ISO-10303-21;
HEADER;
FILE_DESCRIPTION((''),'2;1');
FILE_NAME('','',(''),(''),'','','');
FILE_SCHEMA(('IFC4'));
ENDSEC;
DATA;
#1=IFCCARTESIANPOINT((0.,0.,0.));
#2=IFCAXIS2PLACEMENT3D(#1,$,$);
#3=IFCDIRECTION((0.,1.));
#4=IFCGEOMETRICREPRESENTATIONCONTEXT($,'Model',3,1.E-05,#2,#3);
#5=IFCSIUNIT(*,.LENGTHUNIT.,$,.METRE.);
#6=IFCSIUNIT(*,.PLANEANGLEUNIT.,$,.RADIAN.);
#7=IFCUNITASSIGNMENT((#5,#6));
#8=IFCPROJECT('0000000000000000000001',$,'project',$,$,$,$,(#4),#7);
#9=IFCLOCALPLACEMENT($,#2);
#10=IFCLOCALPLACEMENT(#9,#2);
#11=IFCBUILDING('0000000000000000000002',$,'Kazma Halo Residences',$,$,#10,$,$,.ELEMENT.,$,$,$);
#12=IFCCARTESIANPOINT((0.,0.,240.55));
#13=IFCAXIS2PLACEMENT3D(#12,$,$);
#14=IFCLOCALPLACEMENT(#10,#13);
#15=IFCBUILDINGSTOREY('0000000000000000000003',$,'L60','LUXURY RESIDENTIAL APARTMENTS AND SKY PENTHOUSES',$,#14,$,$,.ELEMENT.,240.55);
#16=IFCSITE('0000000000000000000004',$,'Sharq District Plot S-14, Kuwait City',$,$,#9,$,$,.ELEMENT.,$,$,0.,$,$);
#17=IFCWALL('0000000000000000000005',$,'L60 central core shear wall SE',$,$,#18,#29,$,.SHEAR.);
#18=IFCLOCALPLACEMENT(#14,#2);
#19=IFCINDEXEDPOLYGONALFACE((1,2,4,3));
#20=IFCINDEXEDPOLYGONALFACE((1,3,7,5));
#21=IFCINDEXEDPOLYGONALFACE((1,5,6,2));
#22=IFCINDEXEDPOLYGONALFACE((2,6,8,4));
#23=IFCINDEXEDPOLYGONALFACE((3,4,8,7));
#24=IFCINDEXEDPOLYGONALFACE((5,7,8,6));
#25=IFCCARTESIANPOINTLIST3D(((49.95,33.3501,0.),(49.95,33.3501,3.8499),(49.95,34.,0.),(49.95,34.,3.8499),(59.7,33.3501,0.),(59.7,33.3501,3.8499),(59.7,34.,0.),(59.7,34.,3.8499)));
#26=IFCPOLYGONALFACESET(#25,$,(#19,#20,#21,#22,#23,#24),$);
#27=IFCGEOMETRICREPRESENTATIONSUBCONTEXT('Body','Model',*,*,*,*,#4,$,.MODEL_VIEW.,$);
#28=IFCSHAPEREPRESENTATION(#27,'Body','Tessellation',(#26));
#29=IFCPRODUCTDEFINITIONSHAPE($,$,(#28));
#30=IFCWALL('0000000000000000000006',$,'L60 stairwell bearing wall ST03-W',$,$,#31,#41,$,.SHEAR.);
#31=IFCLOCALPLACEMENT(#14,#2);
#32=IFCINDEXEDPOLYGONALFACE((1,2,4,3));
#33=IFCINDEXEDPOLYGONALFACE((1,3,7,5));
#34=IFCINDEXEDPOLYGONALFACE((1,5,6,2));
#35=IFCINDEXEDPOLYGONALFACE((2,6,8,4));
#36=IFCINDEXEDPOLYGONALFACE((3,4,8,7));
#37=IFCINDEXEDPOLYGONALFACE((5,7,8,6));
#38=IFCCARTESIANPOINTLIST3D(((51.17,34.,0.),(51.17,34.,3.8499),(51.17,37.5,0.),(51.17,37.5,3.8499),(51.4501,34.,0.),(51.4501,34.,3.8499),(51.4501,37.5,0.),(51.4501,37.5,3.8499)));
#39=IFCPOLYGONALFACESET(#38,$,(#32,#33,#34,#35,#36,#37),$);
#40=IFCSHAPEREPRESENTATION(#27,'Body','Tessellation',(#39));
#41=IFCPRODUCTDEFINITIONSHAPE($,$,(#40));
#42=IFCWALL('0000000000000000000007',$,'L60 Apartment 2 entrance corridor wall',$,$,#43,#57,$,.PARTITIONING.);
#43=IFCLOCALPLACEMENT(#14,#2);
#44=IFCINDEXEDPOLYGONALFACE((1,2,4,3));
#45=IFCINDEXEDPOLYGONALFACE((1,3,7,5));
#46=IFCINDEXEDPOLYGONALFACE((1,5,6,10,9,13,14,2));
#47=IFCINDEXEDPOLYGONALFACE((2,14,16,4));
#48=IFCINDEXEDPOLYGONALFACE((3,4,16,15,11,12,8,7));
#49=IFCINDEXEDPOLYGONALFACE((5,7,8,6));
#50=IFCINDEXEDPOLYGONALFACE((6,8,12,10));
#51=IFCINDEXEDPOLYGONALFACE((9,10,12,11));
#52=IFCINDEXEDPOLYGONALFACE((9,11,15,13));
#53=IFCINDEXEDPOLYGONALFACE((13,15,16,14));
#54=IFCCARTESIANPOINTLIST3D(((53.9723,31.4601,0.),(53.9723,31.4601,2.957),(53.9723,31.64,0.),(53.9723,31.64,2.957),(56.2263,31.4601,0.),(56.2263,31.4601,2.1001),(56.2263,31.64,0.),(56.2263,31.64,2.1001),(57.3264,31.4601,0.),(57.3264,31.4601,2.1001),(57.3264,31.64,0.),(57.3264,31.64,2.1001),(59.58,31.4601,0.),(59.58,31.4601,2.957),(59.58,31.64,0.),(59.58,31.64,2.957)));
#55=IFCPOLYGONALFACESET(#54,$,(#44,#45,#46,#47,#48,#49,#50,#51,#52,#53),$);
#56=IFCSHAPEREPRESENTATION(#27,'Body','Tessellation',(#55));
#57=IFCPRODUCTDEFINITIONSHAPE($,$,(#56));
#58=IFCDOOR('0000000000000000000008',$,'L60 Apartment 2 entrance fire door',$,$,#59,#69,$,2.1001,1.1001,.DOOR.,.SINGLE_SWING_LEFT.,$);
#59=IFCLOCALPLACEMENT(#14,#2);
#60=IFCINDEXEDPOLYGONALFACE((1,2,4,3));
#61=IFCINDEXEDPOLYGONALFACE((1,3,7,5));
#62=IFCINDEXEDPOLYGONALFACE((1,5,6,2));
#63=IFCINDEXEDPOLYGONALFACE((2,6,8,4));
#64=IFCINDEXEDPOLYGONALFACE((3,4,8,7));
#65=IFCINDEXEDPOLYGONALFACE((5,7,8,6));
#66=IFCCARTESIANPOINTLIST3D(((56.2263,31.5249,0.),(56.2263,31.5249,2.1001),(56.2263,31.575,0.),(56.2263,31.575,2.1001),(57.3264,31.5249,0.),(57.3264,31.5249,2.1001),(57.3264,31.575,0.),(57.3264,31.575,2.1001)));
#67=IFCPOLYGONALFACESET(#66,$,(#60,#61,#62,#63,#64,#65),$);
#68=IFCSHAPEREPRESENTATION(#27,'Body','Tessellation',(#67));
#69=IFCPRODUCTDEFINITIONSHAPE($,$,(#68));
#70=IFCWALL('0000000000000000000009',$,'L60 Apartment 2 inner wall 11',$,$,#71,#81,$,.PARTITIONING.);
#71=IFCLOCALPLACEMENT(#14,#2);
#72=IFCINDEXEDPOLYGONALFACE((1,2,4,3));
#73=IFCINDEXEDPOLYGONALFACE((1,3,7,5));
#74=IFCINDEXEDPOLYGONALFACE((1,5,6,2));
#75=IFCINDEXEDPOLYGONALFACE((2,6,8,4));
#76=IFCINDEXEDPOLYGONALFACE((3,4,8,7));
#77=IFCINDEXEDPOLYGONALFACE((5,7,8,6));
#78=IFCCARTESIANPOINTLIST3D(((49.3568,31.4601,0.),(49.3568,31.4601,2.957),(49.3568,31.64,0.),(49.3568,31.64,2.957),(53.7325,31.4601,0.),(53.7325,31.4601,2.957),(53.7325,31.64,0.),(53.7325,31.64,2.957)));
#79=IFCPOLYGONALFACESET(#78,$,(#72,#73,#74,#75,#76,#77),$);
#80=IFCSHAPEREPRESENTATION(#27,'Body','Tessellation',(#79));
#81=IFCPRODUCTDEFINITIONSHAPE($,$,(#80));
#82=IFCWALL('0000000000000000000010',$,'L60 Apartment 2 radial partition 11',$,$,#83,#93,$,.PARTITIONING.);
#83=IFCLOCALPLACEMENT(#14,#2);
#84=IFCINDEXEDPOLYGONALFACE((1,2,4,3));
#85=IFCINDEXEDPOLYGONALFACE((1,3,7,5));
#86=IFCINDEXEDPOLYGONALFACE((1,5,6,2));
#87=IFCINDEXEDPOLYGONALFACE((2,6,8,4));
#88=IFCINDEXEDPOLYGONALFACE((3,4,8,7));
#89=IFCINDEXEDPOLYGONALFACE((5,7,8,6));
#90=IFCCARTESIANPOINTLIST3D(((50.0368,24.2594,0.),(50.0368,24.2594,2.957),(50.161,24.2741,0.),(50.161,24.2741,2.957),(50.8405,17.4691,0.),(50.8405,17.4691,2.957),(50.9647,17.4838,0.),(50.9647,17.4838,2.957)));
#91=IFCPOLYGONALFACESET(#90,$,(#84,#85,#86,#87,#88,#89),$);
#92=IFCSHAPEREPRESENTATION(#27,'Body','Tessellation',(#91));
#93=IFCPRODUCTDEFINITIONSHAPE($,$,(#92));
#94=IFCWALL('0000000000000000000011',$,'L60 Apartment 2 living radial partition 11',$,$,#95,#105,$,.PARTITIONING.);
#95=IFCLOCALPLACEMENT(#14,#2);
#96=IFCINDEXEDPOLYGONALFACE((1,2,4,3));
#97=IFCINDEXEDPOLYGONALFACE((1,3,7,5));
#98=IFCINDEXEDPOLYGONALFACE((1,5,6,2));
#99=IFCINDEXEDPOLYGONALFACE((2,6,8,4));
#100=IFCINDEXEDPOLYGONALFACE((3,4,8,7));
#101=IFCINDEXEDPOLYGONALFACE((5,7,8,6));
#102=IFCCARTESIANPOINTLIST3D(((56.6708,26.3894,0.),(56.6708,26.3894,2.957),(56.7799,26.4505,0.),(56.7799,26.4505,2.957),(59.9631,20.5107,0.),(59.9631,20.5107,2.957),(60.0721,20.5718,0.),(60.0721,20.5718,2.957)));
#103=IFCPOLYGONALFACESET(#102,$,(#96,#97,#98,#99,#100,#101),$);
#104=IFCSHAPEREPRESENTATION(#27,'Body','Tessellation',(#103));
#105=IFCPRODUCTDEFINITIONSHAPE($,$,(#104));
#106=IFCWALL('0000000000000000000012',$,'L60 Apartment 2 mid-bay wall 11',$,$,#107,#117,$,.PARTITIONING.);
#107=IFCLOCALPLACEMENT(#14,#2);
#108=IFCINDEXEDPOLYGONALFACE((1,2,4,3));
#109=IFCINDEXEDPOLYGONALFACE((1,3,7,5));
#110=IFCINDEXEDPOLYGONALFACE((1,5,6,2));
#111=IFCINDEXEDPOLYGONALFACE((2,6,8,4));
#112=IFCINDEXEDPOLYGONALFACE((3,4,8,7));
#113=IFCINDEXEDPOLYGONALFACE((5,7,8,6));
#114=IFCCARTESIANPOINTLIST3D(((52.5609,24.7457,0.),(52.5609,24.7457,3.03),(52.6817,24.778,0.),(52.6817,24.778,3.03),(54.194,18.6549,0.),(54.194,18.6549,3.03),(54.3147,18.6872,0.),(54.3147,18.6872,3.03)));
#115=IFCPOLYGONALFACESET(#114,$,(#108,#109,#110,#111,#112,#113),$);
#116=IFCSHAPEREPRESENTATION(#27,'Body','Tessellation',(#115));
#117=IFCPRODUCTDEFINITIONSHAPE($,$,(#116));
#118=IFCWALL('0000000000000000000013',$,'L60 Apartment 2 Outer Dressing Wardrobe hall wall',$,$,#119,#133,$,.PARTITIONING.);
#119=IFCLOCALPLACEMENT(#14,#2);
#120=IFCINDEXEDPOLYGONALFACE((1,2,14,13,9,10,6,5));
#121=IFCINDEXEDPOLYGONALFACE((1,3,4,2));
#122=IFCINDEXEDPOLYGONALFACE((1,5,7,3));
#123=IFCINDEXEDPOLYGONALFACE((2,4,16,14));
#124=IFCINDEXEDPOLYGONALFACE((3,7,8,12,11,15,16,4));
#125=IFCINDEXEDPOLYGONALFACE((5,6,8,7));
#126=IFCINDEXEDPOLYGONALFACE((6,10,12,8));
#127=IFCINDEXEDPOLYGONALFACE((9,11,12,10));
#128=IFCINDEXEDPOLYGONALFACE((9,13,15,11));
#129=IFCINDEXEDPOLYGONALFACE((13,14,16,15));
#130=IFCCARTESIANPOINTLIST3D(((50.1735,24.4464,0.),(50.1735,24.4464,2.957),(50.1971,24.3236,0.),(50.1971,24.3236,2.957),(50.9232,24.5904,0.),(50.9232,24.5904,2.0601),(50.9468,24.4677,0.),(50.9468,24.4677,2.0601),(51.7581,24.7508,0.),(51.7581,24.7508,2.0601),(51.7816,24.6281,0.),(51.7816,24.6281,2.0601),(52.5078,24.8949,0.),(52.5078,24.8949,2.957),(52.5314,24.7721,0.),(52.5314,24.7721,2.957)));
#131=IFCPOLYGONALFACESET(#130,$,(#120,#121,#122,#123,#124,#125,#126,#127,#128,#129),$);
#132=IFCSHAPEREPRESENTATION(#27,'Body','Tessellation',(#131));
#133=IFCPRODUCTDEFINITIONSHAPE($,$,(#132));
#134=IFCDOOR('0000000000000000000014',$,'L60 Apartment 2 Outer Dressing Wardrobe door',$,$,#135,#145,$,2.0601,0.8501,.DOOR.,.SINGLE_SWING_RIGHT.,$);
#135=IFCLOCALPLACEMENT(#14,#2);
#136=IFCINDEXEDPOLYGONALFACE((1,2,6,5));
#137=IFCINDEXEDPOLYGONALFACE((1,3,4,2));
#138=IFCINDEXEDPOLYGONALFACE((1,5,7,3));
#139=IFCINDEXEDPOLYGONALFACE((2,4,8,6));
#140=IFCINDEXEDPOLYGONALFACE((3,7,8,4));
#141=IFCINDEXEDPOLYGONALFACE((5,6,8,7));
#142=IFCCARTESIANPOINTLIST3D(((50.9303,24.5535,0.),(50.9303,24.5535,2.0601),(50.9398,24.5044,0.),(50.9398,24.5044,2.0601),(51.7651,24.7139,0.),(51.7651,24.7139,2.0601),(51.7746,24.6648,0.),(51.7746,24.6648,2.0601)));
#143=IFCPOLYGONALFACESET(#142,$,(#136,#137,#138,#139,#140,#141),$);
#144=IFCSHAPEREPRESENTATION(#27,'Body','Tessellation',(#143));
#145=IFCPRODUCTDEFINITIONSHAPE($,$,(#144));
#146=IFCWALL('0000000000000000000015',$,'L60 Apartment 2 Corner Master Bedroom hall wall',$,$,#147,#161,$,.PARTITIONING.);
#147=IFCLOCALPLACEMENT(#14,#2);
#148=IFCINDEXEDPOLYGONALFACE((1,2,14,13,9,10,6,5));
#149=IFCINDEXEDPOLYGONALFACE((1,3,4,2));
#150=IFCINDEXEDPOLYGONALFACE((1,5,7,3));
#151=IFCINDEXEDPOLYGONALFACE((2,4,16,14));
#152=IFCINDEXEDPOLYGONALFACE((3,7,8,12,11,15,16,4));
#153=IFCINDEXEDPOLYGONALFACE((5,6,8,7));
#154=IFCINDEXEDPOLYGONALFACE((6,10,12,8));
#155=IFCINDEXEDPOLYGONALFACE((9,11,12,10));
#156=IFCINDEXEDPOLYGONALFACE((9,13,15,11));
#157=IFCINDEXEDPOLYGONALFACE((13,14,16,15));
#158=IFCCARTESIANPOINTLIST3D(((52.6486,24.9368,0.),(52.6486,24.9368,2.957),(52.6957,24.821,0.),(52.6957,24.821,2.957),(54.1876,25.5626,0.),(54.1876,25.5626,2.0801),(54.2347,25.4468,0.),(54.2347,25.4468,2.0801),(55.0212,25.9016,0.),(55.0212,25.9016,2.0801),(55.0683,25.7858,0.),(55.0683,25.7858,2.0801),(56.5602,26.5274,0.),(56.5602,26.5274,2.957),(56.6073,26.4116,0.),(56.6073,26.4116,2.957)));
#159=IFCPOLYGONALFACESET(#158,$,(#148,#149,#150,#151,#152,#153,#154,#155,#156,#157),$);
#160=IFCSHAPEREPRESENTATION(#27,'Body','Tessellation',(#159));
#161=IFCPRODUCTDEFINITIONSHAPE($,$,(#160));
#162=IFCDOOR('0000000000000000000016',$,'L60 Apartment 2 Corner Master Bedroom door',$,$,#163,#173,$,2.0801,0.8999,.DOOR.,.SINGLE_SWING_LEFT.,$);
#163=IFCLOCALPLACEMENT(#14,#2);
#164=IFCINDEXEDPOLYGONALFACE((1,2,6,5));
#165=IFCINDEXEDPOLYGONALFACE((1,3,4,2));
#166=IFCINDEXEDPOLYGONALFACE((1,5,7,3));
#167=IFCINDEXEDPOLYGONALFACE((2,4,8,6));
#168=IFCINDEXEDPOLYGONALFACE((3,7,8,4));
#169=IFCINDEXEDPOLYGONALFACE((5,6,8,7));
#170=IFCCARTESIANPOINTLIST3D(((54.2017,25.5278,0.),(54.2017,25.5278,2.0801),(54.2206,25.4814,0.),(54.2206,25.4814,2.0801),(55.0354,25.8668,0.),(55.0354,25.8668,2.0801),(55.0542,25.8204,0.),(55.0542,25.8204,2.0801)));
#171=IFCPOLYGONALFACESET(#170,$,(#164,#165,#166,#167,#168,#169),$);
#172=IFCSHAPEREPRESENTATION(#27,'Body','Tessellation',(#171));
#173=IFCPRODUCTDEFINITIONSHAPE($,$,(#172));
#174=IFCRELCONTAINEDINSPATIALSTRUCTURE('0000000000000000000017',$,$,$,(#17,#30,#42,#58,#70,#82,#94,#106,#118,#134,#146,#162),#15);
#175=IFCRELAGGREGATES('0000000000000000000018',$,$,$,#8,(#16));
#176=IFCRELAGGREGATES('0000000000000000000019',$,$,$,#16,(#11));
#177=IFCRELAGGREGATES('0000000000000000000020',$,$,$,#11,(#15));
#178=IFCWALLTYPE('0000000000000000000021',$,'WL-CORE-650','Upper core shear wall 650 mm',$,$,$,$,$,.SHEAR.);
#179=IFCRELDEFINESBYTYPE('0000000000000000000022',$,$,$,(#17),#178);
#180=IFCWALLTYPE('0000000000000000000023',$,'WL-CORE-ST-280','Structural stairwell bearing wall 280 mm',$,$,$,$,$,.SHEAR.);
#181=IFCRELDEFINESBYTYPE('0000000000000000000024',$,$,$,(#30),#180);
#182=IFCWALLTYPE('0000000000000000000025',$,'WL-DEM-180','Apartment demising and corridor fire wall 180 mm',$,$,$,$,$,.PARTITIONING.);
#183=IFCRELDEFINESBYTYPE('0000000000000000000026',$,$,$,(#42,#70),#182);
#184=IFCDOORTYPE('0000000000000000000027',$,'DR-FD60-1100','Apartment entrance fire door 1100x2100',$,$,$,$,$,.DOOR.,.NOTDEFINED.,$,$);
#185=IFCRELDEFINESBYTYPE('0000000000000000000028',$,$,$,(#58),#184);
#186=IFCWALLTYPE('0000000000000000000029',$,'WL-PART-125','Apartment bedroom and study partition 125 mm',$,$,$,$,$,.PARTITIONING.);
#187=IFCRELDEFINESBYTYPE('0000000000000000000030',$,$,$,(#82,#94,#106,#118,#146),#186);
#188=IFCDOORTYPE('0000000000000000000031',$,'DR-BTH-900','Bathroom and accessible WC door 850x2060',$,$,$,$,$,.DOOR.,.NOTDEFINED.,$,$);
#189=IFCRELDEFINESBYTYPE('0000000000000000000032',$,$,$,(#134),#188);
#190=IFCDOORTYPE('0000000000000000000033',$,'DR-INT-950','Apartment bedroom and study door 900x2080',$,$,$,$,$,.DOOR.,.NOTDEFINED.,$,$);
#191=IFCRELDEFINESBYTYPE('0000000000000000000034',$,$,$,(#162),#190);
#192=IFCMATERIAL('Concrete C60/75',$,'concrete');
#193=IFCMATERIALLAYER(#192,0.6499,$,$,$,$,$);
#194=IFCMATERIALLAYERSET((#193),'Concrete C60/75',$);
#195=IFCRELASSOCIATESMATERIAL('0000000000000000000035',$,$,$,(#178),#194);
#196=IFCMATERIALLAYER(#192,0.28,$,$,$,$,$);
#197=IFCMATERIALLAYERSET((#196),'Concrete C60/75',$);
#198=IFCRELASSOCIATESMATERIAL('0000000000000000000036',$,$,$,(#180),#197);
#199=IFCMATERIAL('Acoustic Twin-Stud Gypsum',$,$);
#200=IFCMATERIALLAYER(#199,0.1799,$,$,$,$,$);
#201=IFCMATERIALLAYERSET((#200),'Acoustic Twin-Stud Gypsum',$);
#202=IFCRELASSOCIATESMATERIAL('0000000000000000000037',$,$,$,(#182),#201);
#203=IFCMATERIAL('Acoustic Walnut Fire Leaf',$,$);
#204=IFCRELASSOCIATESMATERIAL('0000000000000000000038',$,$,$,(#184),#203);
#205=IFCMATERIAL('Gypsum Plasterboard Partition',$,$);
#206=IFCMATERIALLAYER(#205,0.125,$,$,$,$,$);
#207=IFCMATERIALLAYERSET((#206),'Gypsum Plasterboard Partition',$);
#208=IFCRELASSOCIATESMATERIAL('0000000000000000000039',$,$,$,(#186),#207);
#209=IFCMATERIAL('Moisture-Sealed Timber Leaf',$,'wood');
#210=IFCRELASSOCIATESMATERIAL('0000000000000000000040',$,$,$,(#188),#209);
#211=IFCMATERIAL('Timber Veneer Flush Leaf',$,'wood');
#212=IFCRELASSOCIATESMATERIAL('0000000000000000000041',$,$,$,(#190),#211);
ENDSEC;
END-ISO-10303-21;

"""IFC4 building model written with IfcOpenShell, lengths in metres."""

from ifc_helpers import new_model, si_unit, direction, frame, frame_2d, origin, place, context, subcontext, project, spatial, rectangle, extrude, material, layer, layer_set, type_object, element, fill, save


model = new_model("IFC4")

# Units and contexts
model_context = context("Model", 3, precision=1e-05, world=origin(), true_north=direction((0.0, 1.0)))
body_context = subcontext(model_context, "Body", "Model", "MODEL_VIEW")
ifc_project = project(units=[si_unit("LENGTHUNIT", "METRE"), si_unit("PLANEANGLEUNIT", "RADIAN")], contexts=[model_context])

# Site, building, storey
site_placement = place(None, origin())
site = spatial("IfcSite", under=ifc_project, at=site_placement, Name="Sharq District Plot S-14, Kuwait City", CompositionType="ELEMENT", RefElevation=0.0)
building_placement = place(site_placement, origin())
building = spatial("IfcBuilding", under=site, at=building_placement, Name="Kazma Halo Residences", CompositionType="ELEMENT")
storey_placement = place(building_placement, frame((0.0, 0.0, 240.55)))
storey = spatial("IfcBuildingStorey", under=building, at=storey_placement, Name="L60", Description="LUXURY RESIDENTIAL APARTMENTS AND SKY PENTHOUSES", CompositionType="ELEMENT", Elevation=240.55)

# Shared definitions
ifc_material_1 = material(Name="Concrete C60/75", Category="concrete")

# Walls
ifc_layer_1 = layer(ifc_material_1, 0.6499)
ifc_layer_set_1 = layer_set([ifc_layer_1], Name="Concrete C60/75")
wall_type_1 = type_object("IfcWallType", Name="WL-CORE-650", Description="Upper core shear wall 650 mm", PredefinedType="SHEAR", material=ifc_layer_set_1)
wall_1_placement = place(storey_placement, frame((49.95, 33.675, 0.0), z_axis=(0.0, 0.0, 1.0), x_axis=(1.0, 0.0, 0.0)))
element("IfcWall", 1, at=wall_1_placement, inside=storey, type_object=wall_type_1, Name="L60 central core shear wall SE", PredefinedType="SHEAR", context=body_context, shape_type="SweptSolid", body=[
    extrude(rectangle(XDim=9.75, YDim=0.6499, at=frame_2d((4.875, 0.0))), origin(), (0.0, 0.0, 1.0), 3.8499),
])
ifc_layer_2 = layer(ifc_material_1, 0.28)
ifc_layer_set_2 = layer_set([ifc_layer_2], Name="Concrete C60/75")
wall_type_2 = type_object("IfcWallType", Name="WL-CORE-ST-280", Description="Structural stairwell bearing wall 280 mm", PredefinedType="SHEAR", material=ifc_layer_set_2)
wall_2_placement = place(storey_placement, frame((51.3101, 34.0, 0.0), z_axis=(0.0, 0.0, 1.0), x_axis=(0.0, 1.0, 0.0)))
element("IfcWall", 2, at=wall_2_placement, inside=storey, type_object=wall_type_2, Name="L60 stairwell bearing wall ST03-W", PredefinedType="SHEAR", context=body_context, shape_type="SweptSolid", body=[
    extrude(rectangle(XDim=3.5, YDim=0.28, at=frame_2d((1.75, 0.0))), origin(), (0.0, 0.0, 1.0), 3.8499),
])

# Wall, opening, door
ifc_material_2 = material(Name="Acoustic Twin-Stud Gypsum")
ifc_layer_3 = layer(ifc_material_2, 0.1799)
ifc_layer_set_3 = layer_set([ifc_layer_3], Name="Acoustic Twin-Stud Gypsum")
wall_type_3 = type_object("IfcWallType", Name="WL-DEM-180", Description="Apartment demising and corridor fire wall 180 mm", PredefinedType="PARTITIONING", material=ifc_layer_set_3)
wall_3_placement = place(storey_placement, frame((53.9724, 31.55, 0.0), z_axis=(0.0, 0.0, 1.0), x_axis=(1.0, 0.0, 0.0)))
wall_3 = element("IfcWall", 3, at=wall_3_placement, inside=storey, type_object=wall_type_3, Name="L60 Apartment 2 entrance corridor wall", PredefinedType="PARTITIONING", context=body_context, shape_type="SweptSolid", body=[
    extrude(rectangle(XDim=5.6077, YDim=0.1799, at=frame_2d((2.8037, 0.0))), origin(), (0.0, 0.0, 1.0), 2.957),
])
opening_1_placement = place(wall_3_placement, frame((2.2539, 0.0, 0.0)))
opening_1 = element("IfcOpeningElement", 4, at=opening_1_placement, cuts=wall_3, PredefinedType="OPENING", context=body_context, shape_type="SweptSolid", body=[
    extrude(rectangle(XDim=1.1001, YDim=2.1001, at=frame_2d((0.55, 1.05))), frame((0.0, 0.0999, 0.0), z_axis=(0.0, -1.0, 0.0), x_axis=(1.0, 0.0, 0.0)), (0.0, 0.0, 1.0), 0.2),
])
ifc_material_3 = material(Name="Acoustic Walnut Fire Leaf")
door_type_1 = type_object("IfcDoorType", Name="DR-FD60-1100", Description="Apartment entrance fire door 1100x2100", OperationType="NOTDEFINED", PredefinedType="DOOR", material=ifc_material_3)
door_1_placement = place(opening_1_placement, origin())
door_1 = element("IfcDoor", 5, at=door_1_placement, inside=storey, type_object=door_type_1, Name="L60 Apartment 2 entrance fire door", OperationType="SINGLE_SWING_LEFT", OverallHeight=2.1001, OverallWidth=1.1001, PredefinedType="DOOR", context=body_context, shape_type="SweptSolid", body=[
    extrude(rectangle(XDim=1.1001, YDim=2.1001, at=frame_2d((0.55, 1.05))), frame((0.0, 0.0249, 0.0), z_axis=(0.0, -1.0, 0.0), x_axis=(1.0, 0.0, 0.0)), (0.0, 0.0, 1.0), 0.05),
])
fill(opening_1, door_1)

# Wall
wall_4_placement = place(storey_placement, frame((49.3567, 31.55, 0.0), z_axis=(0.0, 0.0, 1.0), x_axis=(1.0, 0.0, 0.0)))
element("IfcWall", 6, at=wall_4_placement, inside=storey, type_object=wall_type_3, Name="L60 Apartment 2 inner wall 11", PredefinedType="PARTITIONING", context=body_context, shape_type="SweptSolid", body=[
    extrude(rectangle(XDim=4.3757, YDim=0.1799, at=frame_2d((2.188, 0.0))), origin(), (0.0, 0.0, 1.0), 2.957),
])

# Walls
ifc_material_4 = material(Name="Gypsum Plasterboard Partition")
ifc_layer_4 = layer(ifc_material_4, 0.125)
ifc_layer_set_4 = layer_set([ifc_layer_4], Name="Gypsum Plasterboard Partition")
wall_type_4 = type_object("IfcWallType", Name="WL-PART-125", Description="Apartment bedroom and study partition 125 mm", PredefinedType="PARTITIONING", material=ifc_layer_set_4)
wall_5_placement = place(storey_placement, frame((50.0989, 24.2668, 0.0), z_axis=(0.0, 0.0, 1.0), x_axis=(0.117541, -0.993068, 0.0)))
element("IfcWall", 7, at=wall_5_placement, inside=storey, type_object=wall_type_4, Name="L60 Apartment 2 radial partition 11", PredefinedType="PARTITIONING", context=body_context, shape_type="SweptSolid", body=[
    extrude(rectangle(XDim=6.8376, YDim=0.125, at=frame_2d((3.4189, 0.0))), origin(), (0.0, 0.0, 1.0), 2.957),
])
wall_6_placement = place(storey_placement, frame((56.7253, 26.4199, 0.0), z_axis=(0.0, 0.0, 1.0), x_axis=(0.488624, -0.872494, 0.0)))
element("IfcWall", 8, at=wall_6_placement, inside=storey, type_object=wall_type_4, Name="L60 Apartment 2 living radial partition 11", PredefinedType="PARTITIONING", context=body_context, shape_type="SweptSolid", body=[
    extrude(rectangle(XDim=6.7378, YDim=0.125, at=frame_2d((3.3689, 0.0))), origin(), (0.0, 0.0, 1.0), 2.957),
])
wall_7_placement = place(storey_placement, frame((52.6213, 24.7617, 0.0), z_axis=(0.0, 0.0, 1.0), x_axis=(0.258971, -0.965885, 0.0)))
element("IfcWall", 9, at=wall_7_placement, inside=storey, type_object=wall_type_4, Name="L60 Apartment 2 mid-bay wall 11", PredefinedType="PARTITIONING", context=body_context, shape_type="SweptSolid", body=[
    extrude(rectangle(XDim=6.3059, YDim=0.125, at=frame_2d((3.1528, 0.0))), origin(), (0.0, 0.0, 1.0), 3.03),
])

# Walls, openings, doors
wall_8_placement = place(storey_placement, frame((50.1853, 24.385, 0.0), z_axis=(0.0, 0.0, 1.0), x_axis=(0.982038, 0.188684, 0.0)))
wall_8 = element("IfcWall", 10, at=wall_8_placement, inside=storey, type_object=wall_type_4, Name="L60 Apartment 2 Outer Dressing Wardrobe hall wall", PredefinedType="PARTITIONING", context=body_context, shape_type="SweptSolid", body=[
    extrude(rectangle(XDim=2.377, YDim=0.125, at=frame_2d((1.1885, 0.0))), origin(), (0.0, 0.0, 1.0), 2.957),
])
opening_2_placement = place(wall_8_placement, frame((0.7634, 0.0, 0.0)))
opening_2 = element("IfcOpeningElement", 11, at=opening_2_placement, cuts=wall_8, PredefinedType="OPENING", context=body_context, shape_type="SweptSolid", body=[
    extrude(rectangle(XDim=0.8501, YDim=2.0601, at=frame_2d((0.425, 1.03))), frame((0.0, 0.0725, 0.0), z_axis=(0.0, -1.0, 0.0), x_axis=(1.0, 0.0, 0.0)), (0.0, 0.0, 1.0), 0.145),
])
ifc_material_5 = material(Name="Moisture-Sealed Timber Leaf", Category="wood")
door_type_2 = type_object("IfcDoorType", Name="DR-BTH-900", Description="Bathroom and accessible WC door 850x2060", OperationType="NOTDEFINED", PredefinedType="DOOR", material=ifc_material_5)
door_2_placement = place(opening_2_placement, origin())
door_2 = element("IfcDoor", 12, at=door_2_placement, inside=storey, type_object=door_type_2, Name="L60 Apartment 2 Outer Dressing Wardrobe door", OperationType="SINGLE_SWING_RIGHT", OverallHeight=2.0601, OverallWidth=0.8501, PredefinedType="DOOR", context=body_context, shape_type="SweptSolid", body=[
    extrude(rectangle(XDim=0.8501, YDim=2.0601, at=frame_2d((0.425, 1.03))), frame((0.0, 0.0249, 0.0), z_axis=(0.0, -1.0, 0.0), x_axis=(1.0, 0.0, 0.0)), (0.0, 0.0, 1.0), 0.05),
])
fill(opening_2, door_2)
wall_9_placement = place(storey_placement, frame((52.6721, 24.8789, 0.0), z_axis=(0.0, 0.0, 1.0), x_axis=(0.926344, 0.376678, 0.0)))
wall_9 = element("IfcWall", 13, at=wall_9_placement, inside=storey, type_object=wall_type_4, Name="L60 Apartment 2 Corner Master Bedroom hall wall", PredefinedType="PARTITIONING", context=body_context, shape_type="SweptSolid", body=[
    extrude(rectangle(XDim=4.2227, YDim=0.125, at=frame_2d((2.1113, 0.0))), origin(), (0.0, 0.0, 1.0), 2.957),
])
opening_3_placement = place(wall_9_placement, frame((1.6614, 0.0, 0.0)))
opening_3 = element("IfcOpeningElement", 14, at=opening_3_placement, cuts=wall_9, PredefinedType="OPENING", context=body_context, shape_type="SweptSolid", body=[
    extrude(rectangle(XDim=0.8999, YDim=2.0801, at=frame_2d((0.45, 1.04))), frame((0.0, 0.0725, 0.0), z_axis=(0.0, -1.0, 0.0), x_axis=(1.0, 0.0, 0.0)), (0.0, 0.0, 1.0), 0.145),
])
ifc_material_6 = material(Name="Timber Veneer Flush Leaf", Category="wood")
door_type_3 = type_object("IfcDoorType", Name="DR-INT-950", Description="Apartment bedroom and study door 900x2080", OperationType="NOTDEFINED", PredefinedType="DOOR", material=ifc_material_6)
door_3_placement = place(opening_3_placement, origin())
door_3 = element("IfcDoor", 15, at=door_3_placement, inside=storey, type_object=door_type_3, Name="L60 Apartment 2 Corner Master Bedroom door", OperationType="SINGLE_SWING_LEFT", OverallHeight=2.0801, OverallWidth=0.8999, PredefinedType="DOOR", context=body_context, shape_type="SweptSolid", body=[
    extrude(rectangle(XDim=0.8999, YDim=2.0801, at=frame_2d((0.45, 1.04))), frame((0.0, 0.0249, 0.0), z_axis=(0.0, -1.0, 0.0), x_axis=(1.0, 0.0, 0.0)), (0.0, 0.0, 1.0), 0.05),
])
fill(opening_3, door_3)

save(model, "model.ifc")
